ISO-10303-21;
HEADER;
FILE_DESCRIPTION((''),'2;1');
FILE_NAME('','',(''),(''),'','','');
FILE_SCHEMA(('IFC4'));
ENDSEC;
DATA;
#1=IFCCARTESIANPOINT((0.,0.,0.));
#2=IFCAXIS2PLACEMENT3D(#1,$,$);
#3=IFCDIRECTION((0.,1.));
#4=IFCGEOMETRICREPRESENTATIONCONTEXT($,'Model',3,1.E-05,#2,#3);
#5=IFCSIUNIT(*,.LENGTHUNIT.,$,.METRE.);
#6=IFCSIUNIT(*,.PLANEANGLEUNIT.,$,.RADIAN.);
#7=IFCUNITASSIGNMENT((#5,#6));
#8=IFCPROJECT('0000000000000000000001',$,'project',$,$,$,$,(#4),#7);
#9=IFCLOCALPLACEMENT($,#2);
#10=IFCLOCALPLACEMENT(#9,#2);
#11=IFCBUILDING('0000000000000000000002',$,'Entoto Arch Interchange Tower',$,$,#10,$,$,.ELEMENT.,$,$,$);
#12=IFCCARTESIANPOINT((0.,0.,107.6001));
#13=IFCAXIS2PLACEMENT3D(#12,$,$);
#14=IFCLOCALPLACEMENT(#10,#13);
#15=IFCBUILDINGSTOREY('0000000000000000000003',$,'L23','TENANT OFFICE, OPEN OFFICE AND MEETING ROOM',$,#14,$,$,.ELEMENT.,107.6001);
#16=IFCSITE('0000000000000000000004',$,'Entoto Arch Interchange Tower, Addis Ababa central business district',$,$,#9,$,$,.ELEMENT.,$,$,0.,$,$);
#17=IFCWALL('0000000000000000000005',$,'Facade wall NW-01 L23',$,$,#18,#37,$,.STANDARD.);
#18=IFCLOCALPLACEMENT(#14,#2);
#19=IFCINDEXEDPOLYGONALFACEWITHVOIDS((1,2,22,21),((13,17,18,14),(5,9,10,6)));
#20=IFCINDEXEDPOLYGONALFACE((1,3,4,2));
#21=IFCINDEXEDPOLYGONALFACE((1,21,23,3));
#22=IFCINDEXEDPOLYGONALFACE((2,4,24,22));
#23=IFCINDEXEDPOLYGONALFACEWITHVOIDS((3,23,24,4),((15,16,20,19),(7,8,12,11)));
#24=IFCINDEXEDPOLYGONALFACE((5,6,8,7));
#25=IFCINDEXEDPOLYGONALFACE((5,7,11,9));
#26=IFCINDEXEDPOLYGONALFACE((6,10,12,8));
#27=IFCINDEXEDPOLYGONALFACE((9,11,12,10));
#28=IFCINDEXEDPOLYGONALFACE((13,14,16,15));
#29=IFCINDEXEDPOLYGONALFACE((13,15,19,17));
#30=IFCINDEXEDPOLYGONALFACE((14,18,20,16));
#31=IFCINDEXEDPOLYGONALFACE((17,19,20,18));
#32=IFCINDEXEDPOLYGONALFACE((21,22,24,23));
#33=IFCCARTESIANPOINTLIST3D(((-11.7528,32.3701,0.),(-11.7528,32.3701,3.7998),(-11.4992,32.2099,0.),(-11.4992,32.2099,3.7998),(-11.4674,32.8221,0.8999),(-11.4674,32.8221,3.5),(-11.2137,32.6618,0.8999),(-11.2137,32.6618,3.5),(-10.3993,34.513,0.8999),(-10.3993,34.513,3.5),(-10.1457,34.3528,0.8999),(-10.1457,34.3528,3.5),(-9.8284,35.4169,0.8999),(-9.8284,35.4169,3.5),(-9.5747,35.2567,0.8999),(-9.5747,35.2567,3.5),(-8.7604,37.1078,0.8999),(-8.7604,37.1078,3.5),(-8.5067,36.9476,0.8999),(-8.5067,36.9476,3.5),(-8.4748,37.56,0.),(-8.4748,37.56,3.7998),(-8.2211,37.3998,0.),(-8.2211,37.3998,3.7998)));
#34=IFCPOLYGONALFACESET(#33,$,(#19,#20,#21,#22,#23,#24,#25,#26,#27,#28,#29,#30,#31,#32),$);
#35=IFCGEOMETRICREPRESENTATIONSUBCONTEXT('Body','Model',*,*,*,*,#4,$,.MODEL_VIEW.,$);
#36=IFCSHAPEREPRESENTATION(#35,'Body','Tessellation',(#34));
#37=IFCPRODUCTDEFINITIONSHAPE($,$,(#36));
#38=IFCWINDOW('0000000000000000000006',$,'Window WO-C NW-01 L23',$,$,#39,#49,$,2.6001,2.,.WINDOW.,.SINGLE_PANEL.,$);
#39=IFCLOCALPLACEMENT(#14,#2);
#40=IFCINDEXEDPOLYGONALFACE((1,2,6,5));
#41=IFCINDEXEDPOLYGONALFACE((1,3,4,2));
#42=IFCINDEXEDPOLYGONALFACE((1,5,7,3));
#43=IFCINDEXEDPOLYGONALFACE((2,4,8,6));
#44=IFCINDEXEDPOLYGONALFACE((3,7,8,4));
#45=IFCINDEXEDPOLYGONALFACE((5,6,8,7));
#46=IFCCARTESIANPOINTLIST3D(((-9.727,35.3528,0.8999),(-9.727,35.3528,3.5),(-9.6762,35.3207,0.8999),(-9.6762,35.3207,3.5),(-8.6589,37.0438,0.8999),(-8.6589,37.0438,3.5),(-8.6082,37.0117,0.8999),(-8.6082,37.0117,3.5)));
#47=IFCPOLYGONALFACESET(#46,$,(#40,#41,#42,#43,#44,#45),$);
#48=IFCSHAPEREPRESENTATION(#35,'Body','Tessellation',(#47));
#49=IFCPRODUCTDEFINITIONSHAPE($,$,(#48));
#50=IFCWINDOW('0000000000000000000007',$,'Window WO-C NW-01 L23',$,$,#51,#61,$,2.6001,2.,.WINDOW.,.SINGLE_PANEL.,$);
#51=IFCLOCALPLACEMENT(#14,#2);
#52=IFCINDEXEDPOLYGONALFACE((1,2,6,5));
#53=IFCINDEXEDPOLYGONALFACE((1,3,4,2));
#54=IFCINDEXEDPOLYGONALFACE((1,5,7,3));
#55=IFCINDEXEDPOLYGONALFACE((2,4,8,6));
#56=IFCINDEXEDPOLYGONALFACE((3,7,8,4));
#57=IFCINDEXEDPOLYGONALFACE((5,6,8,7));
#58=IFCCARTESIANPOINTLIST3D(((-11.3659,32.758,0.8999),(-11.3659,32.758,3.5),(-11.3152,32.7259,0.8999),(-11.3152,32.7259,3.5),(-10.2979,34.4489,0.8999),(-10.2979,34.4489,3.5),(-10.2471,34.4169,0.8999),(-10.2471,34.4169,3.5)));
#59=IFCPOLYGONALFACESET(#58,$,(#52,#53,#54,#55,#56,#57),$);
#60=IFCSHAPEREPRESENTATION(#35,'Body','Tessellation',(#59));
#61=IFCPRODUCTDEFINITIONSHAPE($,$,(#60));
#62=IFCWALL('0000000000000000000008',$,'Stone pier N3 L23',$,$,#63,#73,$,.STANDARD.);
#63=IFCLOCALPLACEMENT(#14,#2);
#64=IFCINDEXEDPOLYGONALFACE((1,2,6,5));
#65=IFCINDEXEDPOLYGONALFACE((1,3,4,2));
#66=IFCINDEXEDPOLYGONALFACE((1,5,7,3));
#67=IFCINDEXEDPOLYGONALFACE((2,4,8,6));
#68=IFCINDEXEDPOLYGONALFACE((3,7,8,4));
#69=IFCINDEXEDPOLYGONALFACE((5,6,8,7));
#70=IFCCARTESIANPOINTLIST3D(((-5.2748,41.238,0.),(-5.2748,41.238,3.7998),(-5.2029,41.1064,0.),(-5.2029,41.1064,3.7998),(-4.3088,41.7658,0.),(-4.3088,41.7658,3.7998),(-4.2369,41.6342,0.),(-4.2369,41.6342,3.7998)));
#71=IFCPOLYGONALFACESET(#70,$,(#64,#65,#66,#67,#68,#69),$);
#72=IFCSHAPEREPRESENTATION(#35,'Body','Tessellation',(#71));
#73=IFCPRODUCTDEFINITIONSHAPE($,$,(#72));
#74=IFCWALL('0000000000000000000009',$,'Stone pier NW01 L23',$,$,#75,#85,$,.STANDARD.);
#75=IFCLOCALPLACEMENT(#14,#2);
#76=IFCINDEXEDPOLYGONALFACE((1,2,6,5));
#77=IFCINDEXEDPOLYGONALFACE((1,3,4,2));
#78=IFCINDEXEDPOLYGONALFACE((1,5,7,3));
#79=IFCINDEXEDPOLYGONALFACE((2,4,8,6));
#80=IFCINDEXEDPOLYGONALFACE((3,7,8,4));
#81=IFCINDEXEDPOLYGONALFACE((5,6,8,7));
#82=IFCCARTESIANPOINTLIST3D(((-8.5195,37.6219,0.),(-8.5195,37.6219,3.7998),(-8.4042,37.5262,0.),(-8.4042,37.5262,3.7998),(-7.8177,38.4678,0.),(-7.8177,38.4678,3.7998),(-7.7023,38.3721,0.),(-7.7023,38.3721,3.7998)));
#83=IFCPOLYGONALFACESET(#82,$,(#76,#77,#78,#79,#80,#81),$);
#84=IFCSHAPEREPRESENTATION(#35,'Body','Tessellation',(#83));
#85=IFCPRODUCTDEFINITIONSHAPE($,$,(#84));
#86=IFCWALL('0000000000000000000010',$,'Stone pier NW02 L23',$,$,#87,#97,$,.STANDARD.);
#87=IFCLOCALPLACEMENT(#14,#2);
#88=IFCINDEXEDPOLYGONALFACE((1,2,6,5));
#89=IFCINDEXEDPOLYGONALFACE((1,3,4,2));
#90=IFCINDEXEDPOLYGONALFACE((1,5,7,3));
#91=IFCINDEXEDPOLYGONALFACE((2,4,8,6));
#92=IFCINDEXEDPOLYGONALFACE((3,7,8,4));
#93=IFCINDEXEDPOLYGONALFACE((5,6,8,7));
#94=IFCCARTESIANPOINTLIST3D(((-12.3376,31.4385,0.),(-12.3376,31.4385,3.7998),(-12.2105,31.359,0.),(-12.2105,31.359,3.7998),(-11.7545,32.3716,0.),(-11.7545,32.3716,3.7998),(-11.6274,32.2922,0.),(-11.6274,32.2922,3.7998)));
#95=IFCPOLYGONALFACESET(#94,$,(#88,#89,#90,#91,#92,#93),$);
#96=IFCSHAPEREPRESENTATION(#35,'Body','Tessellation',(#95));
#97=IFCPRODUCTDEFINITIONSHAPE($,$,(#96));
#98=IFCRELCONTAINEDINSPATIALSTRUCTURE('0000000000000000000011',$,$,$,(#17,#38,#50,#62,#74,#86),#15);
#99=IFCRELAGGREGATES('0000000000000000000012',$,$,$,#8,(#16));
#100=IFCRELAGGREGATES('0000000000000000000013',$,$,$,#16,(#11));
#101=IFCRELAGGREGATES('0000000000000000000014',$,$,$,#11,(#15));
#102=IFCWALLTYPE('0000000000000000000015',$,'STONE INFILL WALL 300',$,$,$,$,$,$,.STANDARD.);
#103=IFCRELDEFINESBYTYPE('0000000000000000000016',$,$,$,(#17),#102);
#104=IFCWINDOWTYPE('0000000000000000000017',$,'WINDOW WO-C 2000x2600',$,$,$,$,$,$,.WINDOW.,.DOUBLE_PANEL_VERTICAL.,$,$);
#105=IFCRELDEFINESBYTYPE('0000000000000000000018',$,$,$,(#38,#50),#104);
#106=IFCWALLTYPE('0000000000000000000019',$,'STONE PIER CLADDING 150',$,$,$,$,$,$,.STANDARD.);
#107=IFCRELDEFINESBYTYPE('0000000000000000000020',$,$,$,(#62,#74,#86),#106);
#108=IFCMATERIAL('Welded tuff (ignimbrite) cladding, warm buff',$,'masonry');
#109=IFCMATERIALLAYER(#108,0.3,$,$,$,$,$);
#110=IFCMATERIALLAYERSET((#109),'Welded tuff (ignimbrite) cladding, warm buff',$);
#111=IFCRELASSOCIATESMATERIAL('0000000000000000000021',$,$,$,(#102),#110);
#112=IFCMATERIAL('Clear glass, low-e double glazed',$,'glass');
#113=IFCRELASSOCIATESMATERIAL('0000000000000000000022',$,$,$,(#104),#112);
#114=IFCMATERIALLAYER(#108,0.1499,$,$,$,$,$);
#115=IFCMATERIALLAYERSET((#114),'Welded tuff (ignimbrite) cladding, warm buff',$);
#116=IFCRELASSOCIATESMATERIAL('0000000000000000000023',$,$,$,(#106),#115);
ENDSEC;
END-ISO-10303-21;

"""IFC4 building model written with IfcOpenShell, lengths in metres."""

from ifc_helpers import new_model, si_unit, direction, frame, frame_2d, origin, place, context, subcontext, project, spatial, rectangle, extrude, material, layer, layer_set, type_object, element, fill, save


model = new_model("IFC4")

# Units and contexts
model_context = context("Model", 3, precision=1e-05, world=origin(), true_north=direction((0.0, 1.0)))
body_context = subcontext(model_context, "Body", "Model", "MODEL_VIEW")
ifc_project = project(units=[si_unit("LENGTHUNIT", "METRE"), si_unit("PLANEANGLEUNIT", "RADIAN")], contexts=[model_context])

# Site, building, storey
site_placement = place(None, origin())
site = spatial("IfcSite", under=ifc_project, at=site_placement, Name="Entoto Arch Interchange Tower, Addis Ababa central business district", CompositionType="ELEMENT", RefElevation=0.0)
building_placement = place(site_placement, origin())
building = spatial("IfcBuilding", under=site, at=building_placement, Name="Entoto Arch Interchange Tower", CompositionType="ELEMENT")
storey_placement = place(building_placement, frame((0.0, 0.0, 107.6001)))
storey = spatial("IfcBuildingStorey", under=building, at=storey_placement, Name="L23", Description="TENANT OFFICE, OPEN OFFICE AND MEETING ROOM", CompositionType="ELEMENT", Elevation=107.6001)

# Shared definitions
ifc_material_1 = material(Name="Welded tuff (ignimbrite) cladding, warm buff", Category="masonry")
ifc_layer_1 = layer(ifc_material_1, 0.3)
ifc_layer_set_1 = layer_set([ifc_layer_1], Name="Welded tuff (ignimbrite) cladding, warm buff")
wall_type_1 = type_object("IfcWallType", Name="STONE INFILL WALL 300", PredefinedType="STANDARD", material=ifc_layer_set_1)
ifc_material_2 = material(Name="Clear glass, low-e double glazed", Category="glass")

# Wall, openings, windows
wall_1_placement = place(storey_placement, frame((-8.3479, 37.48, 0.0), z_axis=(0.0, 0.0, 1.0), x_axis=(-0.534018, -0.845473, 0.0)))
wall_1 = element("IfcWall", 1, at=wall_1_placement, inside=storey, type_object=wall_type_1, Name="Facade wall NW-01 L23", PredefinedType="STANDARD", context=body_context, shape_type="SweptSolid", body=[
    extrude(rectangle(XDim=6.1384, YDim=0.3, at=frame_2d((3.0693, 0.0))), origin(), (0.0, 0.0, 1.0), 3.7998),
])
opening_1_placement = place(wall_1_placement, frame((0.5349, 0.0, 0.8999)))
opening_1 = element("IfcOpeningElement", 2, at=opening_1_placement, cuts=wall_1, PredefinedType="OPENING", context=body_context, shape_type="SweptSolid", body=[
    extrude(rectangle(XDim=2.0, YDim=2.6001, at=frame_2d((1.0, 1.3))), frame((0.0, 0.1602, 0.0), z_axis=(0.0, -1.0, 0.0), x_axis=(1.0, 0.0, 0.0)), (0.0, 0.0, 1.0), 0.3201),
])
opening_2_placement = place(wall_1_placement, frame((3.604, 0.0, 0.8999)))
opening_2 = element("IfcOpeningElement", 3, at=opening_2_placement, cuts=wall_1, PredefinedType="OPENING", context=body_context, shape_type="SweptSolid", body=[
    extrude(rectangle(XDim=2.0, YDim=2.6001, at=frame_2d((1.0, 1.3))), frame((0.0, 0.1602, 0.0), z_axis=(0.0, -1.0, 0.0), x_axis=(1.0, 0.0, 0.0)), (0.0, 0.0, 1.0), 0.3201),
])
window_type_1 = type_object("IfcWindowType", Name="WINDOW WO-C 2000x2600", PartitioningType="DOUBLE_PANEL_VERTICAL", PredefinedType="WINDOW", material=ifc_material_2)
window_1_placement = place(opening_1_placement, origin())
window_1 = element("IfcWindow", 4, at=window_1_placement, inside=storey, type_object=window_type_1, Name="Window WO-C NW-01 L23", OverallHeight=2.6001, OverallWidth=2.0, PartitioningType="SINGLE_PANEL", PredefinedType="WINDOW", context=body_context, shape_type="SweptSolid", body=[
    extrude(rectangle(XDim=2.0, YDim=2.6001, at=frame_2d((1.0, 1.3))), frame((0.0, 0.03, 0.0), z_axis=(0.0, -1.0, 0.0), x_axis=(1.0, 0.0, 0.0)), (0.0, 0.0, 1.0), 0.0601),
])
fill(opening_1, window_1)
window_2_placement = place(opening_2_placement, origin())
window_2 = element("IfcWindow", 5, at=window_2_placement, inside=storey, type_object=window_type_1, Name="Window WO-C NW-01 L23", OverallHeight=2.6001, OverallWidth=2.0, PartitioningType="SINGLE_PANEL", PredefinedType="WINDOW", context=body_context, shape_type="SweptSolid", body=[
    extrude(rectangle(XDim=2.0, YDim=2.6001, at=frame_2d((1.0, 1.3))), frame((0.0, 0.03, 0.0), z_axis=(0.0, -1.0, 0.0), x_axis=(1.0, 0.0, 0.0)), (0.0, 0.0, 1.0), 0.0601),
])
fill(opening_2, window_2)

# Walls
ifc_layer_2 = layer(ifc_material_1, 0.1499)
ifc_layer_set_2 = layer_set([ifc_layer_2], Name="Welded tuff (ignimbrite) cladding, warm buff")
wall_type_2 = type_object("IfcWallType", Name="STONE PIER CLADDING 150", PredefinedType="STANDARD", material=ifc_layer_set_2)
wall_2_placement = place(storey_placement, frame((-4.2729, 41.7, 0.0), z_axis=(0.0, 0.0, 1.0), x_axis=(-0.877556, -0.479474, 0.0)))
element("IfcWall", 6, at=wall_2_placement, inside=storey, type_object=wall_type_2, Name="Stone pier N3 L23", PredefinedType="STANDARD", context=body_context, shape_type="SweptSolid", body=[
    extrude(rectangle(XDim=1.1008, YDim=0.1499, at=frame_2d((0.5503, 0.0))), origin(), (0.0, 0.0, 1.0), 3.7998),
])
wall_3_placement = place(storey_placement, frame((-7.76, 38.4199, 0.0), z_axis=(0.0, 0.0, 1.0), x_axis=(-0.638544, -0.769585, 0.0)))
element("IfcWall", 7, at=wall_3_placement, inside=storey, type_object=wall_type_2, Name="Stone pier NW01 L23", PredefinedType="STANDARD", context=body_context, shape_type="SweptSolid", body=[
    extrude(rectangle(XDim=1.0991, YDim=0.1499, at=frame_2d((0.5496, 0.0))), origin(), (0.0, 0.0, 1.0), 3.7998),
])
wall_4_placement = place(storey_placement, frame((-11.6909, 32.332, 0.0), z_axis=(0.0, 0.0, 1.0), x_axis=(-0.529879, -0.848073, 0.0)))
element("IfcWall", 8, at=wall_4_placement, inside=storey, type_object=wall_type_2, Name="Stone pier NW02 L23", PredefinedType="STANDARD", context=body_context, shape_type="SweptSolid", body=[
    extrude(rectangle(XDim=1.1003, YDim=0.1499, at=frame_2d((0.5503, 0.0))), origin(), (0.0, 0.0, 1.0), 3.7998),
])

save(model, "model.ifc")
